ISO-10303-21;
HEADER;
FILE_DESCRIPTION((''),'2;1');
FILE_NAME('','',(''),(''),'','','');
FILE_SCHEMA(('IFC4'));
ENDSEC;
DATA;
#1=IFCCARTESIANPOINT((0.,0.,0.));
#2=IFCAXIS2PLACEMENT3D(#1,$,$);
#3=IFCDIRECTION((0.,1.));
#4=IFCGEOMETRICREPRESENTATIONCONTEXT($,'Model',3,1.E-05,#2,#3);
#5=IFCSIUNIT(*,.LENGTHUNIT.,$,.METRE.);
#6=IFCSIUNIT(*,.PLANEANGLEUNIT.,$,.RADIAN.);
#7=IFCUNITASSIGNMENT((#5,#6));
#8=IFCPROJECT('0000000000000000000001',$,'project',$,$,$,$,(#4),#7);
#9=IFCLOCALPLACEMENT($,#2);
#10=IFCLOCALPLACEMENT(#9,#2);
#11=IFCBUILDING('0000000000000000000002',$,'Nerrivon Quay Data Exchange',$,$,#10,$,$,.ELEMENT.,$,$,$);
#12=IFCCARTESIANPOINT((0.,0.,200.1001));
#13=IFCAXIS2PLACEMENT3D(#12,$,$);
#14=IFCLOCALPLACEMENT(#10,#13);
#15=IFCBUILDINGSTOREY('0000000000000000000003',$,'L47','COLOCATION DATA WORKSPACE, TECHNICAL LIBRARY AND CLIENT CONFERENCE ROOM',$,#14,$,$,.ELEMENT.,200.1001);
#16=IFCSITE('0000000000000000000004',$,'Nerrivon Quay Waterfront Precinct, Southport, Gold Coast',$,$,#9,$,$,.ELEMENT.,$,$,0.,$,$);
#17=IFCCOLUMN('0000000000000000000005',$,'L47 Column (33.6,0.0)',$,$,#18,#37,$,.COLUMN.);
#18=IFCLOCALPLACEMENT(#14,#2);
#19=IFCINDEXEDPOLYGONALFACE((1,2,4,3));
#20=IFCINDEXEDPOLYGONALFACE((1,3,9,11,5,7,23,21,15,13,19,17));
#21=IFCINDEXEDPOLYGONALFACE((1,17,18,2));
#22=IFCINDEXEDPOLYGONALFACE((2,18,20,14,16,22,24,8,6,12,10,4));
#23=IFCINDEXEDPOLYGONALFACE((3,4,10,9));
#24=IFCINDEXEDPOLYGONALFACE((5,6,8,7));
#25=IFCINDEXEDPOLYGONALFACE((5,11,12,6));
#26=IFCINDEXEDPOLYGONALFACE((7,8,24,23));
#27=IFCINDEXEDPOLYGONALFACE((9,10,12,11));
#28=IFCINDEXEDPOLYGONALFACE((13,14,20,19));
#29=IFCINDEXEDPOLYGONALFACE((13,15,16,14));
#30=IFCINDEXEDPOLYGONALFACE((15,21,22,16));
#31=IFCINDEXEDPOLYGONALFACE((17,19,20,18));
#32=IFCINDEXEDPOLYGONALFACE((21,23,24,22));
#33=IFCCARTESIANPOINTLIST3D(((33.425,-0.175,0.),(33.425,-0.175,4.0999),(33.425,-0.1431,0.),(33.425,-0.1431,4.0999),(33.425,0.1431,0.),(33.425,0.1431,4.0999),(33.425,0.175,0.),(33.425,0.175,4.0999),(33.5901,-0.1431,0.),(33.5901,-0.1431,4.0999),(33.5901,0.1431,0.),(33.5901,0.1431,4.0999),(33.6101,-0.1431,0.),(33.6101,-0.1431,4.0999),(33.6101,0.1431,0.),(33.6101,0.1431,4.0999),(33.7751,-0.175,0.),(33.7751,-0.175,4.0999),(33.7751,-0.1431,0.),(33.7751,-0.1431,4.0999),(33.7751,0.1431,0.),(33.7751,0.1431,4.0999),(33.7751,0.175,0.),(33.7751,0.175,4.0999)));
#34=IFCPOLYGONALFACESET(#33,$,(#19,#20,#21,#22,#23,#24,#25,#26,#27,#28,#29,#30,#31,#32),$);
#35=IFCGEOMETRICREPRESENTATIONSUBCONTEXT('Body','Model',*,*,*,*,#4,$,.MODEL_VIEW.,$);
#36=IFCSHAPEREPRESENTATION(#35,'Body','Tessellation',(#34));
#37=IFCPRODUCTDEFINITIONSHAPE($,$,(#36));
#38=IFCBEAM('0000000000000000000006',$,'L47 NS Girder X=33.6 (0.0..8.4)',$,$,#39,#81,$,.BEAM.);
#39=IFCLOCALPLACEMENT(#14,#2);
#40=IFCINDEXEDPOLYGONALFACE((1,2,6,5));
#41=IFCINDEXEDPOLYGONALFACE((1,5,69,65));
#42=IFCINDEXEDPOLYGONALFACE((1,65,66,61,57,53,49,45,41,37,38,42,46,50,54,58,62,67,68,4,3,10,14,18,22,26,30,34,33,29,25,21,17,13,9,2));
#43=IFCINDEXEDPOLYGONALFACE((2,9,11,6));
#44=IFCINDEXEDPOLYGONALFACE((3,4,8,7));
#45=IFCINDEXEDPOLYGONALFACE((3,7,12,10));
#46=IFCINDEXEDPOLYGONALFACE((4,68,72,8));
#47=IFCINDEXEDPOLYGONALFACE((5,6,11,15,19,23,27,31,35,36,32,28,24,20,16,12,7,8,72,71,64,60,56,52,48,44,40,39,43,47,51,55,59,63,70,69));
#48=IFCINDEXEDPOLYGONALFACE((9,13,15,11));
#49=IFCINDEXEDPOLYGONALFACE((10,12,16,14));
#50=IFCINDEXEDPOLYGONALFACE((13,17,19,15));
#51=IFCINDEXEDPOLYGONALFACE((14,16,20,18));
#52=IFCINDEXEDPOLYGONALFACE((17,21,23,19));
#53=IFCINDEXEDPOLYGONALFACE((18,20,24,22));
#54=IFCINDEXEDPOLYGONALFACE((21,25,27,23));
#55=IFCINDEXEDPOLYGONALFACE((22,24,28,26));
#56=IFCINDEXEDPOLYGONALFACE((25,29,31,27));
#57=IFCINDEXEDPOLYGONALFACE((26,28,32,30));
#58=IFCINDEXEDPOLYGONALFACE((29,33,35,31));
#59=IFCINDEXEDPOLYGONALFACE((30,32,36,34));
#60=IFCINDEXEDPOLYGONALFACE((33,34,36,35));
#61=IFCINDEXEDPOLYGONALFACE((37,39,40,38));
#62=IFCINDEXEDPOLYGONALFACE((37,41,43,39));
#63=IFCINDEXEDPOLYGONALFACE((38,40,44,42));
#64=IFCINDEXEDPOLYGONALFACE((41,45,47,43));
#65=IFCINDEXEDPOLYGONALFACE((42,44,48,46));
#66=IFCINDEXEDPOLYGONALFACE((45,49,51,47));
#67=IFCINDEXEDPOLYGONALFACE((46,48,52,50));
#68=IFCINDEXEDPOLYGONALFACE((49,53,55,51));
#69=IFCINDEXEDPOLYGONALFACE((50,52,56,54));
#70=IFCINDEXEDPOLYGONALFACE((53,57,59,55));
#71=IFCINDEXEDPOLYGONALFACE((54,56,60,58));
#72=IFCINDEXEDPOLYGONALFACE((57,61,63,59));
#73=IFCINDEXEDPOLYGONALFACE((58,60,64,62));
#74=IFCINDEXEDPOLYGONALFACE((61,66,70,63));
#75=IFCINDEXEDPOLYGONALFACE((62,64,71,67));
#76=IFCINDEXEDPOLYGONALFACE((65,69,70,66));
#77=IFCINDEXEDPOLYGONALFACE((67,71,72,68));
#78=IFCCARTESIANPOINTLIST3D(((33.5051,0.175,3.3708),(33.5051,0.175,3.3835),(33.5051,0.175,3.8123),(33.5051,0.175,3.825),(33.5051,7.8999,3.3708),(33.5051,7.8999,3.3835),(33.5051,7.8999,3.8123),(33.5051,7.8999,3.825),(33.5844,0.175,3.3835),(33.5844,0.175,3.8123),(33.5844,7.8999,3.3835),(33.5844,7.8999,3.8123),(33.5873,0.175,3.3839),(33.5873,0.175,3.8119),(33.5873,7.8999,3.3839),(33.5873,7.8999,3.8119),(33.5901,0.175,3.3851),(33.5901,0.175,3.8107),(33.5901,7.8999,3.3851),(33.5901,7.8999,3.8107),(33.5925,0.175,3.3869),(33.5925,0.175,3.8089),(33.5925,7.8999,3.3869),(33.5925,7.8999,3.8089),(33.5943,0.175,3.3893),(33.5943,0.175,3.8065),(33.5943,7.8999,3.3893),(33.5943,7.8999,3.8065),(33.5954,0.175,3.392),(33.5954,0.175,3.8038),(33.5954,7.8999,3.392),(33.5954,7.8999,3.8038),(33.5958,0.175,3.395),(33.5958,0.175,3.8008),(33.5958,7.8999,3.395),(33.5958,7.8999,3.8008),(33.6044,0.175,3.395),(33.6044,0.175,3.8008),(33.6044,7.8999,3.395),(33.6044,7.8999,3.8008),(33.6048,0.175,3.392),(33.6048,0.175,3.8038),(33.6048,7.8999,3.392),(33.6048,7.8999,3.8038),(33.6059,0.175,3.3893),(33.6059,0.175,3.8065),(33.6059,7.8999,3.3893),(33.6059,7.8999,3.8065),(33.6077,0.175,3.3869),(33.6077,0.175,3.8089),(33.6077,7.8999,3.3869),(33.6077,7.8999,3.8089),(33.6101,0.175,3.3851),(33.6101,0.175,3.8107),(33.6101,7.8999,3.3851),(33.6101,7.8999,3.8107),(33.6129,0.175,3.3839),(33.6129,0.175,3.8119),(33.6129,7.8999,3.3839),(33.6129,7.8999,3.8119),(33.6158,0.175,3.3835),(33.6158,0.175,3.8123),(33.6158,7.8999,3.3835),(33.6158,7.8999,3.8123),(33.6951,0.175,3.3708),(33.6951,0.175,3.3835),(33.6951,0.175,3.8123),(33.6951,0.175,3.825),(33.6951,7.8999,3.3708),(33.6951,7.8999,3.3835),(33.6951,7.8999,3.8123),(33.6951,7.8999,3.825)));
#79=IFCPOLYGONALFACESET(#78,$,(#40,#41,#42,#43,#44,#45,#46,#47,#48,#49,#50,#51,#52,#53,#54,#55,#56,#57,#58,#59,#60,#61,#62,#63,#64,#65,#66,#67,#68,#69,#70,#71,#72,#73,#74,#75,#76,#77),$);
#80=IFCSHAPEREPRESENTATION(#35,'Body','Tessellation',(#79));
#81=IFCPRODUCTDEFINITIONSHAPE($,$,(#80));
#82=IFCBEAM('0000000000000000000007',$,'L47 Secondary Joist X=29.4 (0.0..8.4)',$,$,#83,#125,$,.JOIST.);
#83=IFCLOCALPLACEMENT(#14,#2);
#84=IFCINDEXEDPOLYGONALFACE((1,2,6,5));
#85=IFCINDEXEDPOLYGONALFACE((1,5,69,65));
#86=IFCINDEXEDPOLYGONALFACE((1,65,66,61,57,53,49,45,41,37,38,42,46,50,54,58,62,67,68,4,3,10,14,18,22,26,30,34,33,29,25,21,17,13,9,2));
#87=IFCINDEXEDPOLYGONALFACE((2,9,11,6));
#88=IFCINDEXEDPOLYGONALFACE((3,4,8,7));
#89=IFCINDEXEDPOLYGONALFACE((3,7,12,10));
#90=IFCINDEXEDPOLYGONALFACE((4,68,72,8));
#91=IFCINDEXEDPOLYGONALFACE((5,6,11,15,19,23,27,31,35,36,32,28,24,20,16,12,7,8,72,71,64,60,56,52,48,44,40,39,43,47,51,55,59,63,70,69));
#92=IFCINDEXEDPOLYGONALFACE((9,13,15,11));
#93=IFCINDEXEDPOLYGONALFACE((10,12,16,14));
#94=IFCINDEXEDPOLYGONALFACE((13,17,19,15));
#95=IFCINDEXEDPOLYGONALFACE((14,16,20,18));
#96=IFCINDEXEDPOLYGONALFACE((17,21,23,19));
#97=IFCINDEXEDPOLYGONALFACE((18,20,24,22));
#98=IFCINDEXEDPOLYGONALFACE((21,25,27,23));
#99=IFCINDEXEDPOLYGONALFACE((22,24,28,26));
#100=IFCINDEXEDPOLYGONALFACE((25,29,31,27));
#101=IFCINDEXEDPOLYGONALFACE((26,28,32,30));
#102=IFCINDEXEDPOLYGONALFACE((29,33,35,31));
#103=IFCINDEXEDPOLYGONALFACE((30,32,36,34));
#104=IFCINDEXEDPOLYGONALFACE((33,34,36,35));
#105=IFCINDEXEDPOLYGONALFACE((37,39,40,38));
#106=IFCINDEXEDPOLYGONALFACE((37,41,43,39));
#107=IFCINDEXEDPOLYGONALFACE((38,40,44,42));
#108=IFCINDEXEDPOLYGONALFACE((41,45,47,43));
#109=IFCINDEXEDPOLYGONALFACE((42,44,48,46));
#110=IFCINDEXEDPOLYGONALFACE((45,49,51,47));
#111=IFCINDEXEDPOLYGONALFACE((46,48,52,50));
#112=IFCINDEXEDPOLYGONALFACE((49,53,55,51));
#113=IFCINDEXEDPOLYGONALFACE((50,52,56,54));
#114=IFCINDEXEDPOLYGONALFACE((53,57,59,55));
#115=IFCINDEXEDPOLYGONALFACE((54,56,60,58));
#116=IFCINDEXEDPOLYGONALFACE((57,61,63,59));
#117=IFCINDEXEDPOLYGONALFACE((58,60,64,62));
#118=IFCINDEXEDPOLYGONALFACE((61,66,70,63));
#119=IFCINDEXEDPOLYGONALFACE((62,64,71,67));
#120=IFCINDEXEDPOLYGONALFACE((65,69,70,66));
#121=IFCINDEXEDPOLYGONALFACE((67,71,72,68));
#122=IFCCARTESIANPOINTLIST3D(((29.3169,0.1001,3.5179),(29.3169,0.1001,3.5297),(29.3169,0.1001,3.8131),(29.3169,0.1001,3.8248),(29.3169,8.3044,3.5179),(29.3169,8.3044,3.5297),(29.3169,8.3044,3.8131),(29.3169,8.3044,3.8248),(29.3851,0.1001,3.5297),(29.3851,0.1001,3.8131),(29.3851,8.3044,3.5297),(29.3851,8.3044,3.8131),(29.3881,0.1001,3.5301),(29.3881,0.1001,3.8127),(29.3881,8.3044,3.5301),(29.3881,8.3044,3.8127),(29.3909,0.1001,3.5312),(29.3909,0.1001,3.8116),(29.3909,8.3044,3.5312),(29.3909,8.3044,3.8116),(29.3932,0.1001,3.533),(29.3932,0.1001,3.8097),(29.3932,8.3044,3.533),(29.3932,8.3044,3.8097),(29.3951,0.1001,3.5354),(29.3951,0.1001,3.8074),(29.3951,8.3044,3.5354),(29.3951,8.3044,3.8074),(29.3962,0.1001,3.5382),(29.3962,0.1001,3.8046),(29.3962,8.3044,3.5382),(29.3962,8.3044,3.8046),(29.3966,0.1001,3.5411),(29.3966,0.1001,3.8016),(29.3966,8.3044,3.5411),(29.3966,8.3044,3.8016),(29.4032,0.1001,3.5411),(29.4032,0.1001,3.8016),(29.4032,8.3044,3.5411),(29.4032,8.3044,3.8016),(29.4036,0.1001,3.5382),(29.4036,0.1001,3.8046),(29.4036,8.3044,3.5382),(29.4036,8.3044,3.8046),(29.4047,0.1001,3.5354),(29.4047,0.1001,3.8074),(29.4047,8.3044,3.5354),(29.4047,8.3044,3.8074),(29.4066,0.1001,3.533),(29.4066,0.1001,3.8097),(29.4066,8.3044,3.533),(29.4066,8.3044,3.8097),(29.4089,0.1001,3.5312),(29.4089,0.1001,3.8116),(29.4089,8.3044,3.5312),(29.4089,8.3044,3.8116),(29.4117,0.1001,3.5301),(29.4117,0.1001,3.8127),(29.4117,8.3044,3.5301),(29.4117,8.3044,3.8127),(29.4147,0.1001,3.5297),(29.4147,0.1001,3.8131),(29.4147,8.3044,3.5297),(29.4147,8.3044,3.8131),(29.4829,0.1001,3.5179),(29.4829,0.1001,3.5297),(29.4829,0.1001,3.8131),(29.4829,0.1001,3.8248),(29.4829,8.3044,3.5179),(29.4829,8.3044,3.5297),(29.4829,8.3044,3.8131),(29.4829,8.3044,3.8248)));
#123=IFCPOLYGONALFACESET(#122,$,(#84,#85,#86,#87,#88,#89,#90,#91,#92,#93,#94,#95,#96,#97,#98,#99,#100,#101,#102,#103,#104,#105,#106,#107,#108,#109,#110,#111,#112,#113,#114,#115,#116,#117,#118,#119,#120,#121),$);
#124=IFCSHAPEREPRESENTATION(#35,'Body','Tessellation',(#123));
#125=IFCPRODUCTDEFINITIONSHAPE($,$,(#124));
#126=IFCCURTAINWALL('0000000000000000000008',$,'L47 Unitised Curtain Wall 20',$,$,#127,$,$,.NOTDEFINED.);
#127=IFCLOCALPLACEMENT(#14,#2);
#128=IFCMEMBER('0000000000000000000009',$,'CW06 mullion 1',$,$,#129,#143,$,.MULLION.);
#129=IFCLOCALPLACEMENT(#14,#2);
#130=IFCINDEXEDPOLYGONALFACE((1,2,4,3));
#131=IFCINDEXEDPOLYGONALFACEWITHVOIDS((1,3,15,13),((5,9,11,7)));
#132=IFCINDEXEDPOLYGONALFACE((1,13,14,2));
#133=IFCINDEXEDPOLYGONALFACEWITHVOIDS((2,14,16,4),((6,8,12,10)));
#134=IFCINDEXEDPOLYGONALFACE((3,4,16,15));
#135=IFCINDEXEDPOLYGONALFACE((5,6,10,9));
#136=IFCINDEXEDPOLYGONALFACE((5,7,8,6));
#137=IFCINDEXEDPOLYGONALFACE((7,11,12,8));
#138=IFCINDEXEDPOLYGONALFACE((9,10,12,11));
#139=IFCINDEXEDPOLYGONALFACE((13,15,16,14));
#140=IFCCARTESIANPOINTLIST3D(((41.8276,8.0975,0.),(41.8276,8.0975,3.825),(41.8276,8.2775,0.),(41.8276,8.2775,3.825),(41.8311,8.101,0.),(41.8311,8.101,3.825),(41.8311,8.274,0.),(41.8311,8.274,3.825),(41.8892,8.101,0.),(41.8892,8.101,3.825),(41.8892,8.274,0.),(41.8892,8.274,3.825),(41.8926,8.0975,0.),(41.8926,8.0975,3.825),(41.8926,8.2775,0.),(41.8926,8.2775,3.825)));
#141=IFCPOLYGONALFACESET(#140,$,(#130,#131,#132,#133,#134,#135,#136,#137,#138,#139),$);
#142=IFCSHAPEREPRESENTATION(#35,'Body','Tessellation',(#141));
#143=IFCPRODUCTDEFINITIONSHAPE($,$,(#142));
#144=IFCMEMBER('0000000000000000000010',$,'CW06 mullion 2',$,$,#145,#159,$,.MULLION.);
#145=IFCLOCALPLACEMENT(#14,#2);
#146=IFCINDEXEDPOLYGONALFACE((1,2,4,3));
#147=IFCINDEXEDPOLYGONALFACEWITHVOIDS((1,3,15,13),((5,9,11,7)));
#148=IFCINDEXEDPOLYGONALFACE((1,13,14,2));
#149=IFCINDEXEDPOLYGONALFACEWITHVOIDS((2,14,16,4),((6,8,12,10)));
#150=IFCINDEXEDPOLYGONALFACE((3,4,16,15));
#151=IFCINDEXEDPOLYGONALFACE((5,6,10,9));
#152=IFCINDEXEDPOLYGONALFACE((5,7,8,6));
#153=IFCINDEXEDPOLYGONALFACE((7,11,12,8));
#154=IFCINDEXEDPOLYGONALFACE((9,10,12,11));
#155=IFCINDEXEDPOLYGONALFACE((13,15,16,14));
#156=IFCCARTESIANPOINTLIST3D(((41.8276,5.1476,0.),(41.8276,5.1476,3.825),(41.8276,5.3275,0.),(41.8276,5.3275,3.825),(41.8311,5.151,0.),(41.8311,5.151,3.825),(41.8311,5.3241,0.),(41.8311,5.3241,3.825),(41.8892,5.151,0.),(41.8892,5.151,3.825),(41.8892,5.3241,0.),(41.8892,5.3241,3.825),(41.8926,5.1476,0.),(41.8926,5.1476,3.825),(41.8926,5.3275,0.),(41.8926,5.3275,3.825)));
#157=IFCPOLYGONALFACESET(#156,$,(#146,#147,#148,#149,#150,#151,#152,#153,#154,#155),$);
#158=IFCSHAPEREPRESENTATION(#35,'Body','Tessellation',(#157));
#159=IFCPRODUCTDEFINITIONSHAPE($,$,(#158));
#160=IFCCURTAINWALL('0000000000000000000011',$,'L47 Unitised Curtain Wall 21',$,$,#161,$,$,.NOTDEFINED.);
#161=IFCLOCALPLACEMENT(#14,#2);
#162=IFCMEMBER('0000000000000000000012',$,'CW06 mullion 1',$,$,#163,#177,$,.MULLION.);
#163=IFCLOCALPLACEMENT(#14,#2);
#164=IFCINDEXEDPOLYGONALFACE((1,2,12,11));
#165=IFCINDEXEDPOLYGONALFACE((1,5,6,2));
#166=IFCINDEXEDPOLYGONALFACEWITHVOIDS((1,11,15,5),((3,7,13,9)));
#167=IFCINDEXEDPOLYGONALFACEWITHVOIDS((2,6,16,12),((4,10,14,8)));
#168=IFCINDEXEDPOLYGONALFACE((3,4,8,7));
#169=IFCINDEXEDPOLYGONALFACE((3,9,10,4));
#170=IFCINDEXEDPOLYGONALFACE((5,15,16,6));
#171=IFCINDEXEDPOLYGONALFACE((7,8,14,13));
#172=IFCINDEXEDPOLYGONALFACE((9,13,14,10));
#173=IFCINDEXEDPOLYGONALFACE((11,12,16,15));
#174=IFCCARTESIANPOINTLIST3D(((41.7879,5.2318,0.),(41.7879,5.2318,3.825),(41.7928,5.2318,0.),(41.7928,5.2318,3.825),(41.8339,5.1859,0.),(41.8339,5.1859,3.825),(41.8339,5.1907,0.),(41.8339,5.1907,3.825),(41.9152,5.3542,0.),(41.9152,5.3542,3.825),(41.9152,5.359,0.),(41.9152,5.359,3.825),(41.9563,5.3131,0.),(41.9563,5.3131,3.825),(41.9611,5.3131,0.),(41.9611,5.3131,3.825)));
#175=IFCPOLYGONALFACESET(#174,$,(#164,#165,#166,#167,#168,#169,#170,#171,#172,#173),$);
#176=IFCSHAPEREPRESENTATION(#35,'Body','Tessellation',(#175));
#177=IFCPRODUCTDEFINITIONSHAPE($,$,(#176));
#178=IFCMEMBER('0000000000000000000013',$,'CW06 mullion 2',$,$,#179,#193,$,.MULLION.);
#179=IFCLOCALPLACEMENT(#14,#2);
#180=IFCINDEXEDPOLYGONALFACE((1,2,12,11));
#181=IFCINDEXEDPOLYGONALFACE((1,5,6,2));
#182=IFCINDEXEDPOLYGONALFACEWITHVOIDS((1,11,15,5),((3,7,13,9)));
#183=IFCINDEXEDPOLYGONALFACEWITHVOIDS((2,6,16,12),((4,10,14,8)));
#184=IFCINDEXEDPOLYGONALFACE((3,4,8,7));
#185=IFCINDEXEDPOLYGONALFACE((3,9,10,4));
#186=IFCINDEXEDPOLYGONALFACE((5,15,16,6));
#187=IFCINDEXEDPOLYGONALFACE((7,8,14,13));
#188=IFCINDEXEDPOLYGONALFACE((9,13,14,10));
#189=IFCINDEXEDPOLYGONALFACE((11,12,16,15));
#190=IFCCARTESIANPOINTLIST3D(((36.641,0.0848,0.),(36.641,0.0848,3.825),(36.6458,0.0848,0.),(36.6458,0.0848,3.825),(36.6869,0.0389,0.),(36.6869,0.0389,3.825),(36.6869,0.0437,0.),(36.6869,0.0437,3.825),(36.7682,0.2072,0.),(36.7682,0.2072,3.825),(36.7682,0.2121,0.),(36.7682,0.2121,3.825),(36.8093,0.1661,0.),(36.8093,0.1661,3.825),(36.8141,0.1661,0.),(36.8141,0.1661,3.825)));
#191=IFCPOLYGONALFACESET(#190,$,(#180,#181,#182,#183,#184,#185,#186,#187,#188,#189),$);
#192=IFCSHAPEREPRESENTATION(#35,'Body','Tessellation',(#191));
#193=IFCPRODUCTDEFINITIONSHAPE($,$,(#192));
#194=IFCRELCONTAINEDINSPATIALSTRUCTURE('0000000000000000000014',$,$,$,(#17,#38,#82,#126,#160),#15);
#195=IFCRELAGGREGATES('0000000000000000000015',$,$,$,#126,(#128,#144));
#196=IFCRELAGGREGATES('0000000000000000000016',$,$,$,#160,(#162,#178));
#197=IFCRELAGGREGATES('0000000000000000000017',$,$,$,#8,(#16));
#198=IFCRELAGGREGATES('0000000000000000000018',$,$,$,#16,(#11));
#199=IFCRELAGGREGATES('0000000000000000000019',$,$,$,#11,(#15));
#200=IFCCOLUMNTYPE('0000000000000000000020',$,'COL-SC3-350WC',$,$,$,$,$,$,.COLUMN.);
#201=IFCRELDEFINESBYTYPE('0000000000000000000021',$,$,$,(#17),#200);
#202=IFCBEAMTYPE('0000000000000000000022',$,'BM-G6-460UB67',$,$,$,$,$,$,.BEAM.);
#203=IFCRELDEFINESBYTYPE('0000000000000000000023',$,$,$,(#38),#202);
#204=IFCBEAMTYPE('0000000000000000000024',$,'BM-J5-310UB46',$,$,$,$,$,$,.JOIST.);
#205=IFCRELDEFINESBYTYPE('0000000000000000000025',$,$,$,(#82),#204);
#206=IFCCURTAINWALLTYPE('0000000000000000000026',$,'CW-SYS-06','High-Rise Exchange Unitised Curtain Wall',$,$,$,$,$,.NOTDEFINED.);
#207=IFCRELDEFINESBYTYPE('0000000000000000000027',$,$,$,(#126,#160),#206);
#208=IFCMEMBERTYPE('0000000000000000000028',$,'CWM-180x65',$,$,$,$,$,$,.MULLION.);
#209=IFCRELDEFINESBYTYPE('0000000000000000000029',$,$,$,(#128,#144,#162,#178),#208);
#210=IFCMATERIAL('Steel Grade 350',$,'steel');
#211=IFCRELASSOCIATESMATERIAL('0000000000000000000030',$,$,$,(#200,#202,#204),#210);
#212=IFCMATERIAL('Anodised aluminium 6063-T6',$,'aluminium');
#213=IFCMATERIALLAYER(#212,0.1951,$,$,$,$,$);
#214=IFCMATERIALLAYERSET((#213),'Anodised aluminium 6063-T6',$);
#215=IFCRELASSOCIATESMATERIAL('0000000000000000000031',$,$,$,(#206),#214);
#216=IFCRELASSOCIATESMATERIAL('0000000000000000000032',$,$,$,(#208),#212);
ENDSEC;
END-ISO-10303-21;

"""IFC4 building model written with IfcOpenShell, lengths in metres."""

from ifc_helpers import new_model, si_unit, direction, frame, origin, origin_2d, place, context, subcontext, project, spatial, hollow_rectangle, i_section, extrude, material, layer, layer_set, material_profile, profile_set, type_object, element, aggregate, save


model = new_model("IFC4")

# Units and contexts
model_context = context("Model", 3, precision=1e-05, world=origin(), true_north=direction((0.0, 1.0)))
body_context = subcontext(model_context, "Body", "Model", "MODEL_VIEW")
ifc_project = project(units=[si_unit("LENGTHUNIT", "METRE"), si_unit("PLANEANGLEUNIT", "RADIAN")], contexts=[model_context])

# Site, building, storey
site_placement = place(None, origin())
site = spatial("IfcSite", under=ifc_project, at=site_placement, Name="Nerrivon Quay Waterfront Precinct, Southport, Gold Coast", CompositionType="ELEMENT", RefElevation=0.0)
building_placement = place(site_placement, origin())
building = spatial("IfcBuilding", under=site, at=building_placement, Name="Nerrivon Quay Data Exchange", CompositionType="ELEMENT")
storey_placement = place(building_placement, frame((0.0, 0.0, 200.1001)))
storey = spatial("IfcBuildingStorey", under=building, at=storey_placement, Name="L47", Description="COLOCATION DATA WORKSPACE, TECHNICAL LIBRARY AND CLIENT CONFERENCE ROOM", CompositionType="ELEMENT", Elevation=200.1001)

# Column
ifc_material_1 = material(Name="Steel Grade 350", Category="steel")
ifc_material_profile_1 = material_profile(ifc_material_1, i_section(OverallWidth=0.3501, OverallDepth=0.3501, WebThickness=0.02, FlangeThickness=0.032, at=origin_2d()), Name="350WC230")
ifc_profile_set_1 = profile_set([ifc_material_profile_1], Name="Steel Grade 350")
column_type = type_object("IfcColumnType", Name="COL-SC3-350WC", PredefinedType="COLUMN", material=ifc_profile_set_1)
column_placement = place(storey_placement, frame((33.6001, 0.0, 0.0), z_axis=(0.0, 0.0, 1.0), x_axis=(1.0, 0.0, 0.0)))
element("IfcColumn", 1, at=column_placement, inside=storey, type_object=column_type, Name="L47 Column (33.6,0.0)", PredefinedType="COLUMN", context=body_context, shape_type="SweptSolid", body=[
    extrude(i_section(OverallWidth=0.3501, OverallDepth=0.3501, WebThickness=0.02, FlangeThickness=0.032, at=origin_2d()), origin(), (0.0, 0.0, 1.0), 4.0999),
])

# Beams
ifc_material_profile_2 = material_profile(ifc_material_1, i_section(OverallWidth=0.1899, OverallDepth=0.4541, WebThickness=0.0085, FlangeThickness=0.0127, FilletRadius=0.0115, at=origin_2d()), Name="460UB67.1")
ifc_profile_set_2 = profile_set([ifc_material_profile_2], Name="Steel Grade 350")
beam_type_1 = type_object("IfcBeamType", Name="BM-G6-460UB67", PredefinedType="BEAM", material=ifc_profile_set_2)
beam_1_placement = place(storey_placement, frame((33.6001, 0.175, 3.5979), z_axis=(0.0, 1.0, 0.0), x_axis=(-1.0, 0.0, 0.0)))
element("IfcBeam", 2, at=beam_1_placement, inside=storey, type_object=beam_type_1, Name="L47 NS Girder X=33.6 (0.0..8.4)", PredefinedType="BEAM", context=body_context, shape_type="SweptSolid", body=[
    extrude(i_section(OverallWidth=0.1899, OverallDepth=0.4541, WebThickness=0.0085, FlangeThickness=0.0127, FilletRadius=0.0115, at=origin_2d()), origin(), (0.0, 0.0, 1.0), 7.7249),
])
ifc_material_profile_3 = material_profile(ifc_material_1, i_section(OverallWidth=0.166, OverallDepth=0.3069, WebThickness=0.0066, FlangeThickness=0.0117, FilletRadius=0.0115, at=origin_2d()), Name="310UB46.2")
ifc_profile_set_3 = profile_set([ifc_material_profile_3], Name="Steel Grade 350")
beam_type_2 = type_object("IfcBeamType", Name="BM-J5-310UB46", PredefinedType="JOIST", material=ifc_profile_set_3)
beam_2_placement = place(storey_placement, frame((29.3999, 0.1001, 3.6714), z_axis=(0.0, 1.0, 0.0), x_axis=(-1.0, 0.0, 0.0)))
element("IfcBeam", 3, at=beam_2_placement, inside=storey, type_object=beam_type_2, Name="L47 Secondary Joist X=29.4 (0.0..8.4)", PredefinedType="JOIST", context=body_context, shape_type="SweptSolid", body=[
    extrude(i_section(OverallWidth=0.166, OverallDepth=0.3069, WebThickness=0.0066, FlangeThickness=0.0117, FilletRadius=0.0115, at=origin_2d()), origin(), (0.0, 0.0, 1.0), 8.2043),
])

# Curtain walls, members
ifc_material_2 = material(Name="Anodised aluminium 6063-T6", Category="aluminium")
ifc_layer_1 = layer(ifc_material_2, 0.1951)
ifc_layer_set_1 = layer_set([ifc_layer_1], Name="Anodised aluminium 6063-T6")
curtain_wall_type = type_object("IfcCurtainWallType", Name="CW-SYS-06", Description="High-Rise Exchange Unitised Curtain Wall", PredefinedType="NOTDEFINED", material=ifc_layer_set_1)
curtain_wall_1_placement = place(storey_placement, origin())
curtain_wall_1 = element("IfcCurtainWall", 4, at=curtain_wall_1_placement, inside=storey, type_object=curtain_wall_type, Name="L47 Unitised Curtain Wall 20", PredefinedType="NOTDEFINED")
ifc_material_profile_4 = material_profile(ifc_material_2, hollow_rectangle(XDim=0.0649, YDim=0.1799, WallThickness=0.0034, at=origin_2d()), Name="ALU-MULL-180x65")
ifc_profile_set_4 = profile_set([ifc_material_profile_4], Name="Anodised aluminium 6063-T6")
member_type_1 = type_object("IfcMemberType", Name="CWM-180x65", PredefinedType="MULLION", material=ifc_profile_set_4)
member_1_placement = place(storey_placement, frame((41.8601, 8.1875, 0.0), z_axis=(0.0, 0.0, 1.0), x_axis=(1.0, 0.0, 0.0)))
member_1 = element("IfcMember", 5, at=member_1_placement, type_object=member_type_1, Name="CW06 mullion 1", PredefinedType="MULLION", context=body_context, shape_type="SweptSolid", body=[
    extrude(hollow_rectangle(XDim=0.0649, YDim=0.1799, WallThickness=0.0034, at=origin_2d()), origin(), (0.0, 0.0, 1.0), 3.825),
])
member_2_placement = place(storey_placement, frame((41.8601, 5.2375, 0.0), z_axis=(0.0, 0.0, 1.0), x_axis=(1.0, 0.0, 0.0)))
member_2 = element("IfcMember", 6, at=member_2_placement, type_object=member_type_1, Name="CW06 mullion 2", PredefinedType="MULLION", context=body_context, shape_type="SweptSolid", body=[
    extrude(hollow_rectangle(XDim=0.0649, YDim=0.1799, WallThickness=0.0034, at=origin_2d()), origin(), (0.0, 0.0, 1.0), 3.825),
])
curtain_wall_2_placement = place(storey_placement, origin())
curtain_wall_2 = element("IfcCurtainWall", 7, at=curtain_wall_2_placement, inside=storey, type_object=curtain_wall_type, Name="L47 Unitised Curtain Wall 21", PredefinedType="NOTDEFINED")
member_3_placement = place(storey_placement, frame((41.8745, 5.2725, 0.0), z_axis=(0.0, 0.0, 1.0), x_axis=(0.707107, -0.707107, 0.0)))
member_3 = element("IfcMember", 8, at=member_3_placement, type_object=member_type_1, Name="CW06 mullion 1", PredefinedType="MULLION", context=body_context, shape_type="SweptSolid", body=[
    extrude(hollow_rectangle(XDim=0.0649, YDim=0.1799, WallThickness=0.0034, at=origin_2d()), origin(), (0.0, 0.0, 1.0), 3.825),
])
member_4_placement = place(storey_placement, frame((36.7275, 0.1255, 0.0), z_axis=(0.0, 0.0, 1.0), x_axis=(0.707107, -0.707107, 0.0)))
member_4 = element("IfcMember", 9, at=member_4_placement, type_object=member_type_1, Name="CW06 mullion 2", PredefinedType="MULLION", context=body_context, shape_type="SweptSolid", body=[
    extrude(hollow_rectangle(XDim=0.0649, YDim=0.1799, WallThickness=0.0034, at=origin_2d()), origin(), (0.0, 0.0, 1.0), 3.825),
])

aggregate(curtain_wall_1, [member_1, member_2])
aggregate(curtain_wall_2, [member_3, member_4])

save(model, "model.ifc")
